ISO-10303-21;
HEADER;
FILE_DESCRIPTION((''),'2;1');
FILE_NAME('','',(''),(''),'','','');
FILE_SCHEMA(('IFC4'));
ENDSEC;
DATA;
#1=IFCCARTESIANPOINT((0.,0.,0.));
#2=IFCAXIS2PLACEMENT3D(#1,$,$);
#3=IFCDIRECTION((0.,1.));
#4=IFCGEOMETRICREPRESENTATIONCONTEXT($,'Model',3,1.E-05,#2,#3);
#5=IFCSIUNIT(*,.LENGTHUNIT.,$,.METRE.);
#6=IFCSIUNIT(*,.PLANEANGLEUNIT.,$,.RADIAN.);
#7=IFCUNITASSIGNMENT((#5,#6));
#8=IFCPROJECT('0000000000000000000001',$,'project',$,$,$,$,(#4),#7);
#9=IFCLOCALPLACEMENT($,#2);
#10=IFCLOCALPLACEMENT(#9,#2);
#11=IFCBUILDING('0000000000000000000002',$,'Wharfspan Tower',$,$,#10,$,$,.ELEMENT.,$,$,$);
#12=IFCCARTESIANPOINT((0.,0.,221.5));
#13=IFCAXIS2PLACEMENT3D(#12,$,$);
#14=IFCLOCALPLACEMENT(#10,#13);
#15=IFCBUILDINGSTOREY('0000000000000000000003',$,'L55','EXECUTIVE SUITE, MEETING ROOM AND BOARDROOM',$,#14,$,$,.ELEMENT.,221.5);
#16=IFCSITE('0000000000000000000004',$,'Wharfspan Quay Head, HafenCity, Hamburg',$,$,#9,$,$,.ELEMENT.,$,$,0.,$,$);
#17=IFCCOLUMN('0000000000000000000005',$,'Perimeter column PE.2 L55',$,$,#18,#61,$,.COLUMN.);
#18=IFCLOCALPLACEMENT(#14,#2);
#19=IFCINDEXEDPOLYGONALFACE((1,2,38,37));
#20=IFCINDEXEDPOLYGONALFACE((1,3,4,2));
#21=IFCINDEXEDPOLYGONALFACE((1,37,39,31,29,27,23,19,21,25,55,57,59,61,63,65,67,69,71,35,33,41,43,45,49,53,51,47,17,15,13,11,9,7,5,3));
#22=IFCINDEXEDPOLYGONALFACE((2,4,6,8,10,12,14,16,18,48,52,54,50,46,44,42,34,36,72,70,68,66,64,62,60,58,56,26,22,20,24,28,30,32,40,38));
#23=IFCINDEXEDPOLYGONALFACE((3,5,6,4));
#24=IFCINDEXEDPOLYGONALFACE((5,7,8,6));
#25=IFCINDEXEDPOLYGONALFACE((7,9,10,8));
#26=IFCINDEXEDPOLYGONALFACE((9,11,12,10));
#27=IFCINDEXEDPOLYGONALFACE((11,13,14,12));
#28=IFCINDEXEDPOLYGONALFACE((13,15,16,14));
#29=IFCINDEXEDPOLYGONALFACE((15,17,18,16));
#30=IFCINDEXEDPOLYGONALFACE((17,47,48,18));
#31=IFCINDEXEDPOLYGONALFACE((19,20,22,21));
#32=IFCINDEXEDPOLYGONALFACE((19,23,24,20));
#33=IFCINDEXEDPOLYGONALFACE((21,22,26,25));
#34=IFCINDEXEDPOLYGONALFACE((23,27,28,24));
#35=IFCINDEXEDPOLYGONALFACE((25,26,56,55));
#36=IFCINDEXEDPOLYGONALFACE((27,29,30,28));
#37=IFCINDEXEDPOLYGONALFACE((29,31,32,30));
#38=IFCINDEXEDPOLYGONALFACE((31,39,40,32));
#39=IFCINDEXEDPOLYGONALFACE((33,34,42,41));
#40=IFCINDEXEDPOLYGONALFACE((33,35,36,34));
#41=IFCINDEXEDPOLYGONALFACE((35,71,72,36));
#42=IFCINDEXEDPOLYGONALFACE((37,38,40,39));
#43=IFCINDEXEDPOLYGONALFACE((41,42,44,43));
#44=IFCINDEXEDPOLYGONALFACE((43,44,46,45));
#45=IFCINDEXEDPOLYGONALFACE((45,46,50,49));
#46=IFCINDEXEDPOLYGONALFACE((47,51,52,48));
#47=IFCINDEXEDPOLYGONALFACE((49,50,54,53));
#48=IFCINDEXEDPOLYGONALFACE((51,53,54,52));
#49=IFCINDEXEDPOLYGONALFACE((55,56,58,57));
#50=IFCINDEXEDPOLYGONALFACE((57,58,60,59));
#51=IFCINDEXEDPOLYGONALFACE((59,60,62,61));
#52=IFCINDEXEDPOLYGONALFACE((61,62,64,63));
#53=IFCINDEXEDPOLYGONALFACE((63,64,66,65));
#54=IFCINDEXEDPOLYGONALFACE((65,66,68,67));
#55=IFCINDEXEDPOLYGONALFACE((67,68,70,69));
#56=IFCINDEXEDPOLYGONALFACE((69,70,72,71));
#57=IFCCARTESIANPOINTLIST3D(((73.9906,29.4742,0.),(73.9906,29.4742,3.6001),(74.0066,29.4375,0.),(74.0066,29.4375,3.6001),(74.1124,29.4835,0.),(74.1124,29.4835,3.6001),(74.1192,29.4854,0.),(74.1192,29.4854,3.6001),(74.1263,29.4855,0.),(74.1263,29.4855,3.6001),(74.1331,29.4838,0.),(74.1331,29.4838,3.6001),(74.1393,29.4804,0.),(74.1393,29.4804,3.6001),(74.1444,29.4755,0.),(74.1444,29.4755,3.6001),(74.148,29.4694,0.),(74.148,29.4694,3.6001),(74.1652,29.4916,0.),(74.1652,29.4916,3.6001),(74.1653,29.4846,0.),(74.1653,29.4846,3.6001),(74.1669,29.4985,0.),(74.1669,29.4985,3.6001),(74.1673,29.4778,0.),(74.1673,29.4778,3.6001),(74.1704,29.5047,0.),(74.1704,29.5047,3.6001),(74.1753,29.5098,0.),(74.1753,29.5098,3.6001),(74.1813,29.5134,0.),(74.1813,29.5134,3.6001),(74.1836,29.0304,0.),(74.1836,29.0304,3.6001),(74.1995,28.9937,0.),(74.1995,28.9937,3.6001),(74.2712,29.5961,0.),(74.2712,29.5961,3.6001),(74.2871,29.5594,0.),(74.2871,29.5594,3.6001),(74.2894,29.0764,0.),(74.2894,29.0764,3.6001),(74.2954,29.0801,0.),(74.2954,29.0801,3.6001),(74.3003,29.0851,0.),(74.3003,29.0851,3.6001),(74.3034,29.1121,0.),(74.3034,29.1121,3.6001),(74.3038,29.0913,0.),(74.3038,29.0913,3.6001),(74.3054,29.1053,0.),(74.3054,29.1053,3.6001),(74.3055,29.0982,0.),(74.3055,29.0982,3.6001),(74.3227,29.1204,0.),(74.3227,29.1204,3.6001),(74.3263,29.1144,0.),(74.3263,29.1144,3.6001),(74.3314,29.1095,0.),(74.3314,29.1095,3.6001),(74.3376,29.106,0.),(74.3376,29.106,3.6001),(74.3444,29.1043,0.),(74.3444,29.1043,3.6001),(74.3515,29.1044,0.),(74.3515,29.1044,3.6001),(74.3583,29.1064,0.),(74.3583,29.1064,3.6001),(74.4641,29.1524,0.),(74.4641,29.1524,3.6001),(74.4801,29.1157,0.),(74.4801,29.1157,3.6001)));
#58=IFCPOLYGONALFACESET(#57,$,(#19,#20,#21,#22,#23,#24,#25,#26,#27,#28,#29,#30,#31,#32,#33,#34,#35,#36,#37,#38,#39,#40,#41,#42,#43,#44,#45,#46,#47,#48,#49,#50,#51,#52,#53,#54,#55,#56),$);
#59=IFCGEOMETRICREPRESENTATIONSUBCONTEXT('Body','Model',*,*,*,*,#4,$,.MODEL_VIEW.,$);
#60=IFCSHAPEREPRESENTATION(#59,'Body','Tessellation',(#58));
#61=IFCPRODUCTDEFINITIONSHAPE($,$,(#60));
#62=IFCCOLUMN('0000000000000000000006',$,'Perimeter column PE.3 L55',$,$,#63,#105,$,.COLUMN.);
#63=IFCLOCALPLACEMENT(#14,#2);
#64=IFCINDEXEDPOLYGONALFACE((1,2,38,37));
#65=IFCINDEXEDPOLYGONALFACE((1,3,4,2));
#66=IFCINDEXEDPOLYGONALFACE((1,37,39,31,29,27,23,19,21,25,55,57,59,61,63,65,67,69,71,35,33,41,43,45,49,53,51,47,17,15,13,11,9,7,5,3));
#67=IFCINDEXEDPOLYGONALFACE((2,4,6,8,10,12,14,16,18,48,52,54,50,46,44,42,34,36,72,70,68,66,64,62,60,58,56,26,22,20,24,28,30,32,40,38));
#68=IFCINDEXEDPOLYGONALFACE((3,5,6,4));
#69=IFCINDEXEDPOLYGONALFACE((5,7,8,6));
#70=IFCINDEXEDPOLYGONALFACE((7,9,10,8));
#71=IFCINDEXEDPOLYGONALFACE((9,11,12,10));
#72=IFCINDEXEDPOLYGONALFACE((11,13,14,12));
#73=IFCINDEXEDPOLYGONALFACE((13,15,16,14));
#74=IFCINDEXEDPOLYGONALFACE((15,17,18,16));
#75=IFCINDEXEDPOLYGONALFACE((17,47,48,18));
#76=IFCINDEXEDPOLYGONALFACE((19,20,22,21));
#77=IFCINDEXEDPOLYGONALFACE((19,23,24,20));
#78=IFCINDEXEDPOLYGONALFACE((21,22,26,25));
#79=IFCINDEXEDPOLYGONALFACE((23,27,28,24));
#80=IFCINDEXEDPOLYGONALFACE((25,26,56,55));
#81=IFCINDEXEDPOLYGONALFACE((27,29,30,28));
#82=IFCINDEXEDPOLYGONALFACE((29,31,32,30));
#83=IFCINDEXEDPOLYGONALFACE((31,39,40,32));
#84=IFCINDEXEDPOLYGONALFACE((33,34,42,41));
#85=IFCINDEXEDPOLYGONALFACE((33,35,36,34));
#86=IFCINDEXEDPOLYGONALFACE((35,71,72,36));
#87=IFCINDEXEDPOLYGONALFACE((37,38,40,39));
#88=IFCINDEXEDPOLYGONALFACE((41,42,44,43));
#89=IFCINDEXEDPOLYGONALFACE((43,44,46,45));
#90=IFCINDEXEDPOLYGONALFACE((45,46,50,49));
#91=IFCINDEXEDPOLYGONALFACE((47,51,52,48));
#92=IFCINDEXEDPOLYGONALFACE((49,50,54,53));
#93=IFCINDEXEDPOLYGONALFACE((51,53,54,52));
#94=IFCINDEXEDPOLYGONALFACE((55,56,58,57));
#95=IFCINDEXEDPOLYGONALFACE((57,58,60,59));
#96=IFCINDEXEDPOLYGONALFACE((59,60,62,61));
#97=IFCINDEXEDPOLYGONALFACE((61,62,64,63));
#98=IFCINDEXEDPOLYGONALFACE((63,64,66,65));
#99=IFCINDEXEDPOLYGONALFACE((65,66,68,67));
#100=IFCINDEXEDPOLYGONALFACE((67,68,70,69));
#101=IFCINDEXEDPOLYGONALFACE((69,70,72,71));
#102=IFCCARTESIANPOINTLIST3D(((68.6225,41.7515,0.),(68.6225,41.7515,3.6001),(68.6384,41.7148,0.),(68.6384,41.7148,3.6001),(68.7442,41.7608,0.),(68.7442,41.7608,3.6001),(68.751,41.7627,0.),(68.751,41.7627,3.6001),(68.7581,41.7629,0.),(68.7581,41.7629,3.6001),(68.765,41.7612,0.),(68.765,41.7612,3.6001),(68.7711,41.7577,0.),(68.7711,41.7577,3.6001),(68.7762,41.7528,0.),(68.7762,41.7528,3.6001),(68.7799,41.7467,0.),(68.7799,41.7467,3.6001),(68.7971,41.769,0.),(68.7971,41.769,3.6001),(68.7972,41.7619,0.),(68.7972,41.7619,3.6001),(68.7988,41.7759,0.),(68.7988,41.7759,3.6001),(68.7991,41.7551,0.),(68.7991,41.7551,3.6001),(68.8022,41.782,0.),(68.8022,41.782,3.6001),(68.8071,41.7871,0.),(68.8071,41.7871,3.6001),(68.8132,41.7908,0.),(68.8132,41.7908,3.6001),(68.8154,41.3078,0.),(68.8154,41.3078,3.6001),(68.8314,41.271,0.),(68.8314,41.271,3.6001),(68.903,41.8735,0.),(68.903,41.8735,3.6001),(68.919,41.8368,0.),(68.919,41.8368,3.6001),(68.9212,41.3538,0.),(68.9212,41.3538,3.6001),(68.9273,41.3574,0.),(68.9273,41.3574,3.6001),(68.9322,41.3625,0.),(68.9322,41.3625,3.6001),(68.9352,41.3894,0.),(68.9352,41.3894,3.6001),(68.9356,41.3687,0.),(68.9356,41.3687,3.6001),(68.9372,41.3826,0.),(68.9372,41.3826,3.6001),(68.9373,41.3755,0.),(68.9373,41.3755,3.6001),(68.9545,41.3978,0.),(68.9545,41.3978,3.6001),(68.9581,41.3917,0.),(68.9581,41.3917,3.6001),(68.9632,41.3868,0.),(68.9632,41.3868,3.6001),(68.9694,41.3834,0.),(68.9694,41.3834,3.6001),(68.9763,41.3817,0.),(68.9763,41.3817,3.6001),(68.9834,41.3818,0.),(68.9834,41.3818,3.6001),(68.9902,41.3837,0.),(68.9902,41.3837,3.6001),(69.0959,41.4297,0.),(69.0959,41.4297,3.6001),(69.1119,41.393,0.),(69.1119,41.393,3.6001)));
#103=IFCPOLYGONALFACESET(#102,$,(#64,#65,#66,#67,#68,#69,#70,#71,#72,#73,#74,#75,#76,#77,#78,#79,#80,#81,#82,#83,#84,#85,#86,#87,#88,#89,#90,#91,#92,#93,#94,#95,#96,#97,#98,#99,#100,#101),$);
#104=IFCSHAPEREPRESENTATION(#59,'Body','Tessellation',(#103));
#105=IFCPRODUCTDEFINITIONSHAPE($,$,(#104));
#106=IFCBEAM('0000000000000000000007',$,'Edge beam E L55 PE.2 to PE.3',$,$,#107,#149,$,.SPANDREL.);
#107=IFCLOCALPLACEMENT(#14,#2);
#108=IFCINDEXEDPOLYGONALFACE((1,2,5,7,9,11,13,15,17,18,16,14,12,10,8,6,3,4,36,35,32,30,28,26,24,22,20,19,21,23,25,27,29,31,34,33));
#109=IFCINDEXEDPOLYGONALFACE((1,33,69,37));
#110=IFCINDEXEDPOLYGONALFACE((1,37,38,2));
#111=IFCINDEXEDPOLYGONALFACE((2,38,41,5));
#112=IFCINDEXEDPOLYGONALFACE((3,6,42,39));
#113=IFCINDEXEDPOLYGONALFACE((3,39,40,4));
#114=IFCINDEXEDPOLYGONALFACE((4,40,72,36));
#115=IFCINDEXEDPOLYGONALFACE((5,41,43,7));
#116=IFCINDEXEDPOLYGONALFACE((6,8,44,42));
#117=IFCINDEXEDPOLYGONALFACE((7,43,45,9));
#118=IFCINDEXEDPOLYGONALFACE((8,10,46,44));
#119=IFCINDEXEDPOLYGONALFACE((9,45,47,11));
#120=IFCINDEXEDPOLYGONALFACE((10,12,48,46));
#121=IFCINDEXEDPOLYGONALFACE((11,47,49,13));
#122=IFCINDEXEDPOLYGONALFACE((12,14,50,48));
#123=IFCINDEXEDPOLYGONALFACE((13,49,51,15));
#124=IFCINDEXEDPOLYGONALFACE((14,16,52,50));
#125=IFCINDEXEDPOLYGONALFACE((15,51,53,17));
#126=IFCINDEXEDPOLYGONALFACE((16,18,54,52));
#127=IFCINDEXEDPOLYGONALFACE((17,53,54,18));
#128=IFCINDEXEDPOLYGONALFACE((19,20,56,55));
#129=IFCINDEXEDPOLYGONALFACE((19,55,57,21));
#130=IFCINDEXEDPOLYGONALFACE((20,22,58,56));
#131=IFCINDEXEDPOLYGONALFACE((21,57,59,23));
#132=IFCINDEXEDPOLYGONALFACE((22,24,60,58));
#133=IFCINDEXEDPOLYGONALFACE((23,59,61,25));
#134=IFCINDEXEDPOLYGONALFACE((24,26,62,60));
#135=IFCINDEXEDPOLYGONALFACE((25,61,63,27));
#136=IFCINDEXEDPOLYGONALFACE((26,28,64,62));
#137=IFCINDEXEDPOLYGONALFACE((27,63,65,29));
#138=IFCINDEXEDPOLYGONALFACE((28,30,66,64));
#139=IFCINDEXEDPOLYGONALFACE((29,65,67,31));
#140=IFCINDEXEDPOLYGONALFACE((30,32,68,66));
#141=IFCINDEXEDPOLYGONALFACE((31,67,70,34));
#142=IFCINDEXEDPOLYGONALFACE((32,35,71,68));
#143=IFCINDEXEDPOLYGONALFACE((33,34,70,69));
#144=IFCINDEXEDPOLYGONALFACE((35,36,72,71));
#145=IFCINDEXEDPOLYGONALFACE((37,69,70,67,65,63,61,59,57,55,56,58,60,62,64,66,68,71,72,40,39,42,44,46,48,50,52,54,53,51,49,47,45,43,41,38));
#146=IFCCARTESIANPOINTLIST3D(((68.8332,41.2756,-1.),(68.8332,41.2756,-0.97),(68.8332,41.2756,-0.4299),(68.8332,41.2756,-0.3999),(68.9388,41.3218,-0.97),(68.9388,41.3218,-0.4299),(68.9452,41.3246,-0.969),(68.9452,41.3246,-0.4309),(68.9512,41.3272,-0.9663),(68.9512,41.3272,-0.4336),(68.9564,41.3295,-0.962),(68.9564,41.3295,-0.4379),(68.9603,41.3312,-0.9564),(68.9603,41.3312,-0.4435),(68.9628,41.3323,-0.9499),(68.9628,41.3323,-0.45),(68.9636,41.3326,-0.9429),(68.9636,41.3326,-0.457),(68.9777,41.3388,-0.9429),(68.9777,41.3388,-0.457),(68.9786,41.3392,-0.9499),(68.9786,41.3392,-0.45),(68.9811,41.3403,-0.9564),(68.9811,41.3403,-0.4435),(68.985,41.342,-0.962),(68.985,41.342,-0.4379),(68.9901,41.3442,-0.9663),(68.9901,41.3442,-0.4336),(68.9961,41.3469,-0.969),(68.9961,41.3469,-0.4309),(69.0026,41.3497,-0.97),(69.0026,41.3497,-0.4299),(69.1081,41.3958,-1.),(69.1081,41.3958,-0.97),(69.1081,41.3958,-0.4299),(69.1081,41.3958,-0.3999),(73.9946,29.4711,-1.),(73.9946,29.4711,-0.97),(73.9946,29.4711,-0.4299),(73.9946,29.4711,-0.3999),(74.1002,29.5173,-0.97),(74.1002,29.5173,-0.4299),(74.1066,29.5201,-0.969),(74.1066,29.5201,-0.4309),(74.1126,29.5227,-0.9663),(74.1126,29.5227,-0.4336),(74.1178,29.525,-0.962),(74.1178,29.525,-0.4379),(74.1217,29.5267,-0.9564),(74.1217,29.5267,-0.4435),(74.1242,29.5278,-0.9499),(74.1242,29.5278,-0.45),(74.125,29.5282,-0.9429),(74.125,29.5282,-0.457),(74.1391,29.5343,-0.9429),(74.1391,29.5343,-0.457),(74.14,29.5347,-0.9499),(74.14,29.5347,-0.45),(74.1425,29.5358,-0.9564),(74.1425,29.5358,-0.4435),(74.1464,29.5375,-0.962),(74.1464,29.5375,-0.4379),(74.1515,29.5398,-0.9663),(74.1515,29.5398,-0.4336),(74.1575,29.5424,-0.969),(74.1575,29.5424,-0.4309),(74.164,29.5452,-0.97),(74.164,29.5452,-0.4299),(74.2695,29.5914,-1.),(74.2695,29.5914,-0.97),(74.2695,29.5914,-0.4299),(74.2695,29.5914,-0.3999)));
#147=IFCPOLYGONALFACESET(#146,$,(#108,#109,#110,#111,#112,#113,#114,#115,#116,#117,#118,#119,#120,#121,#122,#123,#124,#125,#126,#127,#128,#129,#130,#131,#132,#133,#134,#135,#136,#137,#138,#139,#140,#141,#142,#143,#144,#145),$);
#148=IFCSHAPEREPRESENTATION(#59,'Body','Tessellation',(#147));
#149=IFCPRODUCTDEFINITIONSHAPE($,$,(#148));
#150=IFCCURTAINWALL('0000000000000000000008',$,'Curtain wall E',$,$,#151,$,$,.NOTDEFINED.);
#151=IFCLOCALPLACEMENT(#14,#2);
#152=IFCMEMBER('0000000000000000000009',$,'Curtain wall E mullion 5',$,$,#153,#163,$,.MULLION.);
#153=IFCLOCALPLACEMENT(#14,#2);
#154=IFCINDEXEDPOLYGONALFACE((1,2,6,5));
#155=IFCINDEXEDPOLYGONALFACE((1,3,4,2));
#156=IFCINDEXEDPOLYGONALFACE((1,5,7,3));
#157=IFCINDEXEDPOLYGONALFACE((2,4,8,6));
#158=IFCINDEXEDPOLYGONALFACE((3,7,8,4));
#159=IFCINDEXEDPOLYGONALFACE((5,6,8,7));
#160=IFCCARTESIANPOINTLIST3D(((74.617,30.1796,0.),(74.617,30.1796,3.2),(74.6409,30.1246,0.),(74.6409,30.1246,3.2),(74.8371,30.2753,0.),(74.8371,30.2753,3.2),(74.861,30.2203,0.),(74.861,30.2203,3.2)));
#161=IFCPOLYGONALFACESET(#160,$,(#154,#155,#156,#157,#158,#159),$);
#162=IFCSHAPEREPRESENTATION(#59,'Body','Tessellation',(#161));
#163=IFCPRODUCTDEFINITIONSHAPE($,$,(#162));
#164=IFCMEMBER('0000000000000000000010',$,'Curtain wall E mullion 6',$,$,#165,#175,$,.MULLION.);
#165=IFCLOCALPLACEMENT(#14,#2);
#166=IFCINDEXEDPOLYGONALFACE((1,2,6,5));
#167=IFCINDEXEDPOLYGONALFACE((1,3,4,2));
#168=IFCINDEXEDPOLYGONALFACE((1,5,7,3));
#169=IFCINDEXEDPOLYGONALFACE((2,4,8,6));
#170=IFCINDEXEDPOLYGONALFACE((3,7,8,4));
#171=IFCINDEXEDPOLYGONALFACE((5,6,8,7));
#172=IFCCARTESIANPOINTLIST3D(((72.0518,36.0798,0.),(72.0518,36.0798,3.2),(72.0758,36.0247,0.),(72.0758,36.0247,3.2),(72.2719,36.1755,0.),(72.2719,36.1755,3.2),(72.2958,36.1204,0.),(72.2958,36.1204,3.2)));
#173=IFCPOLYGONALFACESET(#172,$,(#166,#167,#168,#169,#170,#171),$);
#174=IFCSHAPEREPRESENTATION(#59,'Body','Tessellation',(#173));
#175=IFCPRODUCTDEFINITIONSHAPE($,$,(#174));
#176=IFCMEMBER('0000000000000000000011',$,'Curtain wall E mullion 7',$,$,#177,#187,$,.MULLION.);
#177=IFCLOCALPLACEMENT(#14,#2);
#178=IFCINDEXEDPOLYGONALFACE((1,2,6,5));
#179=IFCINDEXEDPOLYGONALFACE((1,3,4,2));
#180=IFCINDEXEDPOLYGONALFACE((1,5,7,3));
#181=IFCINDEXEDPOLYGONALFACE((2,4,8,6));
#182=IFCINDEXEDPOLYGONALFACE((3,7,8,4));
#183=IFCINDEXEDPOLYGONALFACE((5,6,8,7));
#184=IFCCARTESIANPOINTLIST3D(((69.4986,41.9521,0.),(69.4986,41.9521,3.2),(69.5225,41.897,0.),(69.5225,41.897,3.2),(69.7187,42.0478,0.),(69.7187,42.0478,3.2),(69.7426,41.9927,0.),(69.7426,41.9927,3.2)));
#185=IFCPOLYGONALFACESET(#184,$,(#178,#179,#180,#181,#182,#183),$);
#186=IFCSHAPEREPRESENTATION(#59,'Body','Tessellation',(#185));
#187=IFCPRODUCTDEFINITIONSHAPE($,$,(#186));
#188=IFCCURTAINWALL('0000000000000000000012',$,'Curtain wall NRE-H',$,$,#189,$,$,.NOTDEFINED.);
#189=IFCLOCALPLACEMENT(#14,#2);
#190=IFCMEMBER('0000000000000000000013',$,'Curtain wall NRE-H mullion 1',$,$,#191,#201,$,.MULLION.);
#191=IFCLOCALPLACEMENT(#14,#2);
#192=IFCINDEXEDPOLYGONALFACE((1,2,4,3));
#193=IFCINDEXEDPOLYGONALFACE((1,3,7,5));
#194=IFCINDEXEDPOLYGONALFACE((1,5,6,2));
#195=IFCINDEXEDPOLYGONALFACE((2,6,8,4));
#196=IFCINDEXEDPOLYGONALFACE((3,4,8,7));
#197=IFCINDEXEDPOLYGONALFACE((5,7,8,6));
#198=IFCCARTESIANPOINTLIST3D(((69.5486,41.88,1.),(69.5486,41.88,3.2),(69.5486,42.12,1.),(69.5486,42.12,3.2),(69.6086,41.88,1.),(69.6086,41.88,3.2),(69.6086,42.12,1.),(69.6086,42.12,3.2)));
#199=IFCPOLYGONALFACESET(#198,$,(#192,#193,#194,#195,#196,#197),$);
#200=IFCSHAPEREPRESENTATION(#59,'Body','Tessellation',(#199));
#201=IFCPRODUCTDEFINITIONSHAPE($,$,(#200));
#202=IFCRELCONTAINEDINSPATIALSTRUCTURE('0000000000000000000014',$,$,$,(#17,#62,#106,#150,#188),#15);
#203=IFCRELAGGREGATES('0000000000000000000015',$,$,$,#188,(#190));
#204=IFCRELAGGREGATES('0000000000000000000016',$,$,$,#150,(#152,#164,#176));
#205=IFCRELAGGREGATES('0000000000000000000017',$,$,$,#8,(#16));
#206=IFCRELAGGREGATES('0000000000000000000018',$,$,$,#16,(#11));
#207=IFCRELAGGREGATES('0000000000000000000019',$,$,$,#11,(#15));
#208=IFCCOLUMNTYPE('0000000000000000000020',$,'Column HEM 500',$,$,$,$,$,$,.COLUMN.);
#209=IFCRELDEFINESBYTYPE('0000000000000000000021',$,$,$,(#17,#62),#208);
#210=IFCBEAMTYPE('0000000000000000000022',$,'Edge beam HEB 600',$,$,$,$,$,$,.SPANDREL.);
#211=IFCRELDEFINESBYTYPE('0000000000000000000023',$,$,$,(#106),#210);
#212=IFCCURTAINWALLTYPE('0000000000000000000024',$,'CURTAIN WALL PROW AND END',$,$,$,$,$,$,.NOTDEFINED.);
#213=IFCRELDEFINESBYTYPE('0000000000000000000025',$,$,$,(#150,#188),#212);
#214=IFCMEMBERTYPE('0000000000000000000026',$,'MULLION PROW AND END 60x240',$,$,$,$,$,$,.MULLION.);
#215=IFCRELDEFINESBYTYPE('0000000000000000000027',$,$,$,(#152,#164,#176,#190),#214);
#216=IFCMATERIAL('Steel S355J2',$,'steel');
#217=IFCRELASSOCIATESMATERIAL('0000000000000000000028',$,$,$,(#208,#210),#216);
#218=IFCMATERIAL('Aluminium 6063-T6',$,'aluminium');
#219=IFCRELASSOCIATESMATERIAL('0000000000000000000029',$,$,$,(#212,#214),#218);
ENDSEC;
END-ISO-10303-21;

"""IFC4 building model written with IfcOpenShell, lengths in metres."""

from ifc_helpers import new_model, si_unit, direction, frame, origin, origin_2d, place, context, subcontext, project, spatial, rectangle, i_section, extrude, material, material_profile, profile_set, type_object, element, aggregate, save


model = new_model("IFC4")

# Units and contexts
model_context = context("Model", 3, precision=1e-05, world=origin(), true_north=direction((0.0, 1.0)))
body_context = subcontext(model_context, "Body", "Model", "MODEL_VIEW")
ifc_project = project(units=[si_unit("LENGTHUNIT", "METRE"), si_unit("PLANEANGLEUNIT", "RADIAN")], contexts=[model_context])

# Site, building, storey
site_placement = place(None, origin())
site = spatial("IfcSite", under=ifc_project, at=site_placement, Name="Wharfspan Quay Head, HafenCity, Hamburg", CompositionType="ELEMENT", RefElevation=0.0)
building_placement = place(site_placement, origin())
building = spatial("IfcBuilding", under=site, at=building_placement, Name="Wharfspan Tower", CompositionType="ELEMENT")
storey_placement = place(building_placement, frame((0.0, 0.0, 221.5)))
storey = spatial("IfcBuildingStorey", under=building, at=storey_placement, Name="L55", Description="EXECUTIVE SUITE, MEETING ROOM AND BOARDROOM", CompositionType="ELEMENT", Elevation=221.5)

# Columns
ifc_material_1 = material(Name="Steel S355J2", Category="steel")
ifc_material_profile_1 = material_profile(ifc_material_1, i_section(OverallWidth=0.3059, OverallDepth=0.5239, WebThickness=0.021, FlangeThickness=0.04, FilletRadius=0.0271, at=origin_2d()))
ifc_profile_set_1 = profile_set([ifc_material_profile_1], Name="Steel S355J2")
column_type = type_object("IfcColumnType", Name="Column HEM 500", PredefinedType="COLUMN", material=ifc_profile_set_1)
for number, where, z_axis, x_axis, name in (
    (1, (74.2354, 29.2949, 0.0), (0.0, 0.0, 1.0), (0.917072, 0.398727, 0.0), "Perimeter column PE.2 L55"),
    (2, (68.8672, 41.5723, 0.0), (0.0, 0.0, 1.0), (0.917072, 0.398727, 0.0), "Perimeter column PE.3 L55"),
):
    element("IfcColumn", number, at=place(storey_placement, frame(where, z_axis=z_axis, x_axis=x_axis)), inside=storey, type_object=column_type, Name=name, PredefinedType="COLUMN", context=body_context, shape_type="SweptSolid", body=[
        extrude(i_section(OverallWidth=0.3059, OverallDepth=0.5239, WebThickness=0.021, FlangeThickness=0.04, FilletRadius=0.0271, at=origin_2d()), origin(), (0.0, 0.0, 1.0), 3.6001),
    ])

# Beam
ifc_material_profile_2 = material_profile(ifc_material_1, i_section(OverallWidth=0.3, OverallDepth=0.6001, WebThickness=0.0154, FlangeThickness=0.03, FilletRadius=0.0271, at=origin_2d()))
ifc_profile_set_2 = profile_set([ifc_material_profile_2], Name="Steel S355J2")
beam_type = type_object("IfcBeamType", Name="Edge beam HEB 600", PredefinedType="SPANDREL", material=ifc_profile_set_2)
beam_placement = place(storey_placement, frame((74.1321, 29.5312, -0.7), z_axis=(-0.400619, 0.916245, 0.0), x_axis=(-0.916245, -0.400619, 0.0)))
element("IfcBeam", 3, at=beam_placement, inside=storey, type_object=beam_type, Name="Edge beam E L55 PE.2 to PE.3", PredefinedType="SPANDREL", context=body_context, shape_type="SweptSolid", body=[
    extrude(i_section(OverallWidth=0.3, OverallDepth=0.6001, WebThickness=0.0154, FlangeThickness=0.03, FilletRadius=0.0271, at=origin_2d()), origin(), (0.0, 0.0, 1.0), 12.8835),
])

# Curtain wall, members
ifc_material_2 = material(Name="Aluminium 6063-T6", Category="aluminium")
curtain_wall_type = type_object("IfcCurtainWallType", Name="CURTAIN WALL PROW AND END", PredefinedType="NOTDEFINED", material=ifc_material_2)
curtain_wall_1_placement = place(storey_placement, origin())
curtain_wall_1 = element("IfcCurtainWall", 4, at=curtain_wall_1_placement, inside=storey, type_object=curtain_wall_type, Name="Curtain wall E", PredefinedType="NOTDEFINED")
ifc_material_profile_3 = material_profile(ifc_material_2, rectangle(XDim=0.24, YDim=0.0601, at=origin_2d()))
ifc_profile_set_3 = profile_set([ifc_material_profile_3], Name="Aluminium 6063-T6")
member_type_1 = type_object("IfcMemberType", Name="MULLION PROW AND END 60x240", PredefinedType="MULLION", material=ifc_profile_set_3)
member_1_placement = place(storey_placement, frame((74.739, 30.2, 0.0), z_axis=(0.0, 0.0, 1.0), x_axis=(-0.917072, -0.398727, 0.0)))
member_1 = element("IfcMember", 5, at=member_1_placement, type_object=member_type_1, Name="Curtain wall E mullion 5", PredefinedType="MULLION", context=body_context, shape_type="SweptSolid", body=[
    extrude(rectangle(XDim=0.24, YDim=0.0601, at=origin_2d()), origin(), (0.0, 0.0, 1.0), 3.2),
])
member_2_placement = place(storey_placement, frame((72.1738, 36.1001, 0.0), z_axis=(0.0, 0.0, 1.0), x_axis=(-0.917072, -0.398727, 0.0)))
member_2 = element("IfcMember", 6, at=member_2_placement, type_object=member_type_1, Name="Curtain wall E mullion 6", PredefinedType="MULLION", context=body_context, shape_type="SweptSolid", body=[
    extrude(rectangle(XDim=0.24, YDim=0.0601, at=origin_2d()), origin(), (0.0, 0.0, 1.0), 3.2),
])
member_3_placement = place(storey_placement, frame((69.6206, 41.9724, 0.0), z_axis=(0.0, 0.0, 1.0), x_axis=(-0.917072, -0.398727, 0.0)))
member_3 = element("IfcMember", 7, at=member_3_placement, type_object=member_type_1, Name="Curtain wall E mullion 7", PredefinedType="MULLION", context=body_context, shape_type="SweptSolid", body=[
    extrude(rectangle(XDim=0.24, YDim=0.0601, at=origin_2d()), origin(), (0.0, 0.0, 1.0), 3.2),
])

# Curtain wall, member
curtain_wall_2_placement = place(storey_placement, origin())
curtain_wall_2 = element("IfcCurtainWall", 8, at=curtain_wall_2_placement, inside=storey, type_object=curtain_wall_type, Name="Curtain wall NRE-H", PredefinedType="NOTDEFINED")
member_4_placement = place(storey_placement, frame((69.5786, 42.0, 1.0), z_axis=(0.0, 0.0, 1.0), x_axis=(0.0, -1.0, 0.0)))
member_4 = element("IfcMember", 9, at=member_4_placement, type_object=member_type_1, Name="Curtain wall NRE-H mullion 1", PredefinedType="MULLION", context=body_context, shape_type="SweptSolid", body=[
    extrude(rectangle(XDim=0.24, YDim=0.0601, at=origin_2d()), origin(), (0.0, 0.0, 1.0), 2.2),
])

aggregate(curtain_wall_2, [member_4])

aggregate(curtain_wall_1, [member_1, member_2, member_3])

save(model, "model.ifc")
